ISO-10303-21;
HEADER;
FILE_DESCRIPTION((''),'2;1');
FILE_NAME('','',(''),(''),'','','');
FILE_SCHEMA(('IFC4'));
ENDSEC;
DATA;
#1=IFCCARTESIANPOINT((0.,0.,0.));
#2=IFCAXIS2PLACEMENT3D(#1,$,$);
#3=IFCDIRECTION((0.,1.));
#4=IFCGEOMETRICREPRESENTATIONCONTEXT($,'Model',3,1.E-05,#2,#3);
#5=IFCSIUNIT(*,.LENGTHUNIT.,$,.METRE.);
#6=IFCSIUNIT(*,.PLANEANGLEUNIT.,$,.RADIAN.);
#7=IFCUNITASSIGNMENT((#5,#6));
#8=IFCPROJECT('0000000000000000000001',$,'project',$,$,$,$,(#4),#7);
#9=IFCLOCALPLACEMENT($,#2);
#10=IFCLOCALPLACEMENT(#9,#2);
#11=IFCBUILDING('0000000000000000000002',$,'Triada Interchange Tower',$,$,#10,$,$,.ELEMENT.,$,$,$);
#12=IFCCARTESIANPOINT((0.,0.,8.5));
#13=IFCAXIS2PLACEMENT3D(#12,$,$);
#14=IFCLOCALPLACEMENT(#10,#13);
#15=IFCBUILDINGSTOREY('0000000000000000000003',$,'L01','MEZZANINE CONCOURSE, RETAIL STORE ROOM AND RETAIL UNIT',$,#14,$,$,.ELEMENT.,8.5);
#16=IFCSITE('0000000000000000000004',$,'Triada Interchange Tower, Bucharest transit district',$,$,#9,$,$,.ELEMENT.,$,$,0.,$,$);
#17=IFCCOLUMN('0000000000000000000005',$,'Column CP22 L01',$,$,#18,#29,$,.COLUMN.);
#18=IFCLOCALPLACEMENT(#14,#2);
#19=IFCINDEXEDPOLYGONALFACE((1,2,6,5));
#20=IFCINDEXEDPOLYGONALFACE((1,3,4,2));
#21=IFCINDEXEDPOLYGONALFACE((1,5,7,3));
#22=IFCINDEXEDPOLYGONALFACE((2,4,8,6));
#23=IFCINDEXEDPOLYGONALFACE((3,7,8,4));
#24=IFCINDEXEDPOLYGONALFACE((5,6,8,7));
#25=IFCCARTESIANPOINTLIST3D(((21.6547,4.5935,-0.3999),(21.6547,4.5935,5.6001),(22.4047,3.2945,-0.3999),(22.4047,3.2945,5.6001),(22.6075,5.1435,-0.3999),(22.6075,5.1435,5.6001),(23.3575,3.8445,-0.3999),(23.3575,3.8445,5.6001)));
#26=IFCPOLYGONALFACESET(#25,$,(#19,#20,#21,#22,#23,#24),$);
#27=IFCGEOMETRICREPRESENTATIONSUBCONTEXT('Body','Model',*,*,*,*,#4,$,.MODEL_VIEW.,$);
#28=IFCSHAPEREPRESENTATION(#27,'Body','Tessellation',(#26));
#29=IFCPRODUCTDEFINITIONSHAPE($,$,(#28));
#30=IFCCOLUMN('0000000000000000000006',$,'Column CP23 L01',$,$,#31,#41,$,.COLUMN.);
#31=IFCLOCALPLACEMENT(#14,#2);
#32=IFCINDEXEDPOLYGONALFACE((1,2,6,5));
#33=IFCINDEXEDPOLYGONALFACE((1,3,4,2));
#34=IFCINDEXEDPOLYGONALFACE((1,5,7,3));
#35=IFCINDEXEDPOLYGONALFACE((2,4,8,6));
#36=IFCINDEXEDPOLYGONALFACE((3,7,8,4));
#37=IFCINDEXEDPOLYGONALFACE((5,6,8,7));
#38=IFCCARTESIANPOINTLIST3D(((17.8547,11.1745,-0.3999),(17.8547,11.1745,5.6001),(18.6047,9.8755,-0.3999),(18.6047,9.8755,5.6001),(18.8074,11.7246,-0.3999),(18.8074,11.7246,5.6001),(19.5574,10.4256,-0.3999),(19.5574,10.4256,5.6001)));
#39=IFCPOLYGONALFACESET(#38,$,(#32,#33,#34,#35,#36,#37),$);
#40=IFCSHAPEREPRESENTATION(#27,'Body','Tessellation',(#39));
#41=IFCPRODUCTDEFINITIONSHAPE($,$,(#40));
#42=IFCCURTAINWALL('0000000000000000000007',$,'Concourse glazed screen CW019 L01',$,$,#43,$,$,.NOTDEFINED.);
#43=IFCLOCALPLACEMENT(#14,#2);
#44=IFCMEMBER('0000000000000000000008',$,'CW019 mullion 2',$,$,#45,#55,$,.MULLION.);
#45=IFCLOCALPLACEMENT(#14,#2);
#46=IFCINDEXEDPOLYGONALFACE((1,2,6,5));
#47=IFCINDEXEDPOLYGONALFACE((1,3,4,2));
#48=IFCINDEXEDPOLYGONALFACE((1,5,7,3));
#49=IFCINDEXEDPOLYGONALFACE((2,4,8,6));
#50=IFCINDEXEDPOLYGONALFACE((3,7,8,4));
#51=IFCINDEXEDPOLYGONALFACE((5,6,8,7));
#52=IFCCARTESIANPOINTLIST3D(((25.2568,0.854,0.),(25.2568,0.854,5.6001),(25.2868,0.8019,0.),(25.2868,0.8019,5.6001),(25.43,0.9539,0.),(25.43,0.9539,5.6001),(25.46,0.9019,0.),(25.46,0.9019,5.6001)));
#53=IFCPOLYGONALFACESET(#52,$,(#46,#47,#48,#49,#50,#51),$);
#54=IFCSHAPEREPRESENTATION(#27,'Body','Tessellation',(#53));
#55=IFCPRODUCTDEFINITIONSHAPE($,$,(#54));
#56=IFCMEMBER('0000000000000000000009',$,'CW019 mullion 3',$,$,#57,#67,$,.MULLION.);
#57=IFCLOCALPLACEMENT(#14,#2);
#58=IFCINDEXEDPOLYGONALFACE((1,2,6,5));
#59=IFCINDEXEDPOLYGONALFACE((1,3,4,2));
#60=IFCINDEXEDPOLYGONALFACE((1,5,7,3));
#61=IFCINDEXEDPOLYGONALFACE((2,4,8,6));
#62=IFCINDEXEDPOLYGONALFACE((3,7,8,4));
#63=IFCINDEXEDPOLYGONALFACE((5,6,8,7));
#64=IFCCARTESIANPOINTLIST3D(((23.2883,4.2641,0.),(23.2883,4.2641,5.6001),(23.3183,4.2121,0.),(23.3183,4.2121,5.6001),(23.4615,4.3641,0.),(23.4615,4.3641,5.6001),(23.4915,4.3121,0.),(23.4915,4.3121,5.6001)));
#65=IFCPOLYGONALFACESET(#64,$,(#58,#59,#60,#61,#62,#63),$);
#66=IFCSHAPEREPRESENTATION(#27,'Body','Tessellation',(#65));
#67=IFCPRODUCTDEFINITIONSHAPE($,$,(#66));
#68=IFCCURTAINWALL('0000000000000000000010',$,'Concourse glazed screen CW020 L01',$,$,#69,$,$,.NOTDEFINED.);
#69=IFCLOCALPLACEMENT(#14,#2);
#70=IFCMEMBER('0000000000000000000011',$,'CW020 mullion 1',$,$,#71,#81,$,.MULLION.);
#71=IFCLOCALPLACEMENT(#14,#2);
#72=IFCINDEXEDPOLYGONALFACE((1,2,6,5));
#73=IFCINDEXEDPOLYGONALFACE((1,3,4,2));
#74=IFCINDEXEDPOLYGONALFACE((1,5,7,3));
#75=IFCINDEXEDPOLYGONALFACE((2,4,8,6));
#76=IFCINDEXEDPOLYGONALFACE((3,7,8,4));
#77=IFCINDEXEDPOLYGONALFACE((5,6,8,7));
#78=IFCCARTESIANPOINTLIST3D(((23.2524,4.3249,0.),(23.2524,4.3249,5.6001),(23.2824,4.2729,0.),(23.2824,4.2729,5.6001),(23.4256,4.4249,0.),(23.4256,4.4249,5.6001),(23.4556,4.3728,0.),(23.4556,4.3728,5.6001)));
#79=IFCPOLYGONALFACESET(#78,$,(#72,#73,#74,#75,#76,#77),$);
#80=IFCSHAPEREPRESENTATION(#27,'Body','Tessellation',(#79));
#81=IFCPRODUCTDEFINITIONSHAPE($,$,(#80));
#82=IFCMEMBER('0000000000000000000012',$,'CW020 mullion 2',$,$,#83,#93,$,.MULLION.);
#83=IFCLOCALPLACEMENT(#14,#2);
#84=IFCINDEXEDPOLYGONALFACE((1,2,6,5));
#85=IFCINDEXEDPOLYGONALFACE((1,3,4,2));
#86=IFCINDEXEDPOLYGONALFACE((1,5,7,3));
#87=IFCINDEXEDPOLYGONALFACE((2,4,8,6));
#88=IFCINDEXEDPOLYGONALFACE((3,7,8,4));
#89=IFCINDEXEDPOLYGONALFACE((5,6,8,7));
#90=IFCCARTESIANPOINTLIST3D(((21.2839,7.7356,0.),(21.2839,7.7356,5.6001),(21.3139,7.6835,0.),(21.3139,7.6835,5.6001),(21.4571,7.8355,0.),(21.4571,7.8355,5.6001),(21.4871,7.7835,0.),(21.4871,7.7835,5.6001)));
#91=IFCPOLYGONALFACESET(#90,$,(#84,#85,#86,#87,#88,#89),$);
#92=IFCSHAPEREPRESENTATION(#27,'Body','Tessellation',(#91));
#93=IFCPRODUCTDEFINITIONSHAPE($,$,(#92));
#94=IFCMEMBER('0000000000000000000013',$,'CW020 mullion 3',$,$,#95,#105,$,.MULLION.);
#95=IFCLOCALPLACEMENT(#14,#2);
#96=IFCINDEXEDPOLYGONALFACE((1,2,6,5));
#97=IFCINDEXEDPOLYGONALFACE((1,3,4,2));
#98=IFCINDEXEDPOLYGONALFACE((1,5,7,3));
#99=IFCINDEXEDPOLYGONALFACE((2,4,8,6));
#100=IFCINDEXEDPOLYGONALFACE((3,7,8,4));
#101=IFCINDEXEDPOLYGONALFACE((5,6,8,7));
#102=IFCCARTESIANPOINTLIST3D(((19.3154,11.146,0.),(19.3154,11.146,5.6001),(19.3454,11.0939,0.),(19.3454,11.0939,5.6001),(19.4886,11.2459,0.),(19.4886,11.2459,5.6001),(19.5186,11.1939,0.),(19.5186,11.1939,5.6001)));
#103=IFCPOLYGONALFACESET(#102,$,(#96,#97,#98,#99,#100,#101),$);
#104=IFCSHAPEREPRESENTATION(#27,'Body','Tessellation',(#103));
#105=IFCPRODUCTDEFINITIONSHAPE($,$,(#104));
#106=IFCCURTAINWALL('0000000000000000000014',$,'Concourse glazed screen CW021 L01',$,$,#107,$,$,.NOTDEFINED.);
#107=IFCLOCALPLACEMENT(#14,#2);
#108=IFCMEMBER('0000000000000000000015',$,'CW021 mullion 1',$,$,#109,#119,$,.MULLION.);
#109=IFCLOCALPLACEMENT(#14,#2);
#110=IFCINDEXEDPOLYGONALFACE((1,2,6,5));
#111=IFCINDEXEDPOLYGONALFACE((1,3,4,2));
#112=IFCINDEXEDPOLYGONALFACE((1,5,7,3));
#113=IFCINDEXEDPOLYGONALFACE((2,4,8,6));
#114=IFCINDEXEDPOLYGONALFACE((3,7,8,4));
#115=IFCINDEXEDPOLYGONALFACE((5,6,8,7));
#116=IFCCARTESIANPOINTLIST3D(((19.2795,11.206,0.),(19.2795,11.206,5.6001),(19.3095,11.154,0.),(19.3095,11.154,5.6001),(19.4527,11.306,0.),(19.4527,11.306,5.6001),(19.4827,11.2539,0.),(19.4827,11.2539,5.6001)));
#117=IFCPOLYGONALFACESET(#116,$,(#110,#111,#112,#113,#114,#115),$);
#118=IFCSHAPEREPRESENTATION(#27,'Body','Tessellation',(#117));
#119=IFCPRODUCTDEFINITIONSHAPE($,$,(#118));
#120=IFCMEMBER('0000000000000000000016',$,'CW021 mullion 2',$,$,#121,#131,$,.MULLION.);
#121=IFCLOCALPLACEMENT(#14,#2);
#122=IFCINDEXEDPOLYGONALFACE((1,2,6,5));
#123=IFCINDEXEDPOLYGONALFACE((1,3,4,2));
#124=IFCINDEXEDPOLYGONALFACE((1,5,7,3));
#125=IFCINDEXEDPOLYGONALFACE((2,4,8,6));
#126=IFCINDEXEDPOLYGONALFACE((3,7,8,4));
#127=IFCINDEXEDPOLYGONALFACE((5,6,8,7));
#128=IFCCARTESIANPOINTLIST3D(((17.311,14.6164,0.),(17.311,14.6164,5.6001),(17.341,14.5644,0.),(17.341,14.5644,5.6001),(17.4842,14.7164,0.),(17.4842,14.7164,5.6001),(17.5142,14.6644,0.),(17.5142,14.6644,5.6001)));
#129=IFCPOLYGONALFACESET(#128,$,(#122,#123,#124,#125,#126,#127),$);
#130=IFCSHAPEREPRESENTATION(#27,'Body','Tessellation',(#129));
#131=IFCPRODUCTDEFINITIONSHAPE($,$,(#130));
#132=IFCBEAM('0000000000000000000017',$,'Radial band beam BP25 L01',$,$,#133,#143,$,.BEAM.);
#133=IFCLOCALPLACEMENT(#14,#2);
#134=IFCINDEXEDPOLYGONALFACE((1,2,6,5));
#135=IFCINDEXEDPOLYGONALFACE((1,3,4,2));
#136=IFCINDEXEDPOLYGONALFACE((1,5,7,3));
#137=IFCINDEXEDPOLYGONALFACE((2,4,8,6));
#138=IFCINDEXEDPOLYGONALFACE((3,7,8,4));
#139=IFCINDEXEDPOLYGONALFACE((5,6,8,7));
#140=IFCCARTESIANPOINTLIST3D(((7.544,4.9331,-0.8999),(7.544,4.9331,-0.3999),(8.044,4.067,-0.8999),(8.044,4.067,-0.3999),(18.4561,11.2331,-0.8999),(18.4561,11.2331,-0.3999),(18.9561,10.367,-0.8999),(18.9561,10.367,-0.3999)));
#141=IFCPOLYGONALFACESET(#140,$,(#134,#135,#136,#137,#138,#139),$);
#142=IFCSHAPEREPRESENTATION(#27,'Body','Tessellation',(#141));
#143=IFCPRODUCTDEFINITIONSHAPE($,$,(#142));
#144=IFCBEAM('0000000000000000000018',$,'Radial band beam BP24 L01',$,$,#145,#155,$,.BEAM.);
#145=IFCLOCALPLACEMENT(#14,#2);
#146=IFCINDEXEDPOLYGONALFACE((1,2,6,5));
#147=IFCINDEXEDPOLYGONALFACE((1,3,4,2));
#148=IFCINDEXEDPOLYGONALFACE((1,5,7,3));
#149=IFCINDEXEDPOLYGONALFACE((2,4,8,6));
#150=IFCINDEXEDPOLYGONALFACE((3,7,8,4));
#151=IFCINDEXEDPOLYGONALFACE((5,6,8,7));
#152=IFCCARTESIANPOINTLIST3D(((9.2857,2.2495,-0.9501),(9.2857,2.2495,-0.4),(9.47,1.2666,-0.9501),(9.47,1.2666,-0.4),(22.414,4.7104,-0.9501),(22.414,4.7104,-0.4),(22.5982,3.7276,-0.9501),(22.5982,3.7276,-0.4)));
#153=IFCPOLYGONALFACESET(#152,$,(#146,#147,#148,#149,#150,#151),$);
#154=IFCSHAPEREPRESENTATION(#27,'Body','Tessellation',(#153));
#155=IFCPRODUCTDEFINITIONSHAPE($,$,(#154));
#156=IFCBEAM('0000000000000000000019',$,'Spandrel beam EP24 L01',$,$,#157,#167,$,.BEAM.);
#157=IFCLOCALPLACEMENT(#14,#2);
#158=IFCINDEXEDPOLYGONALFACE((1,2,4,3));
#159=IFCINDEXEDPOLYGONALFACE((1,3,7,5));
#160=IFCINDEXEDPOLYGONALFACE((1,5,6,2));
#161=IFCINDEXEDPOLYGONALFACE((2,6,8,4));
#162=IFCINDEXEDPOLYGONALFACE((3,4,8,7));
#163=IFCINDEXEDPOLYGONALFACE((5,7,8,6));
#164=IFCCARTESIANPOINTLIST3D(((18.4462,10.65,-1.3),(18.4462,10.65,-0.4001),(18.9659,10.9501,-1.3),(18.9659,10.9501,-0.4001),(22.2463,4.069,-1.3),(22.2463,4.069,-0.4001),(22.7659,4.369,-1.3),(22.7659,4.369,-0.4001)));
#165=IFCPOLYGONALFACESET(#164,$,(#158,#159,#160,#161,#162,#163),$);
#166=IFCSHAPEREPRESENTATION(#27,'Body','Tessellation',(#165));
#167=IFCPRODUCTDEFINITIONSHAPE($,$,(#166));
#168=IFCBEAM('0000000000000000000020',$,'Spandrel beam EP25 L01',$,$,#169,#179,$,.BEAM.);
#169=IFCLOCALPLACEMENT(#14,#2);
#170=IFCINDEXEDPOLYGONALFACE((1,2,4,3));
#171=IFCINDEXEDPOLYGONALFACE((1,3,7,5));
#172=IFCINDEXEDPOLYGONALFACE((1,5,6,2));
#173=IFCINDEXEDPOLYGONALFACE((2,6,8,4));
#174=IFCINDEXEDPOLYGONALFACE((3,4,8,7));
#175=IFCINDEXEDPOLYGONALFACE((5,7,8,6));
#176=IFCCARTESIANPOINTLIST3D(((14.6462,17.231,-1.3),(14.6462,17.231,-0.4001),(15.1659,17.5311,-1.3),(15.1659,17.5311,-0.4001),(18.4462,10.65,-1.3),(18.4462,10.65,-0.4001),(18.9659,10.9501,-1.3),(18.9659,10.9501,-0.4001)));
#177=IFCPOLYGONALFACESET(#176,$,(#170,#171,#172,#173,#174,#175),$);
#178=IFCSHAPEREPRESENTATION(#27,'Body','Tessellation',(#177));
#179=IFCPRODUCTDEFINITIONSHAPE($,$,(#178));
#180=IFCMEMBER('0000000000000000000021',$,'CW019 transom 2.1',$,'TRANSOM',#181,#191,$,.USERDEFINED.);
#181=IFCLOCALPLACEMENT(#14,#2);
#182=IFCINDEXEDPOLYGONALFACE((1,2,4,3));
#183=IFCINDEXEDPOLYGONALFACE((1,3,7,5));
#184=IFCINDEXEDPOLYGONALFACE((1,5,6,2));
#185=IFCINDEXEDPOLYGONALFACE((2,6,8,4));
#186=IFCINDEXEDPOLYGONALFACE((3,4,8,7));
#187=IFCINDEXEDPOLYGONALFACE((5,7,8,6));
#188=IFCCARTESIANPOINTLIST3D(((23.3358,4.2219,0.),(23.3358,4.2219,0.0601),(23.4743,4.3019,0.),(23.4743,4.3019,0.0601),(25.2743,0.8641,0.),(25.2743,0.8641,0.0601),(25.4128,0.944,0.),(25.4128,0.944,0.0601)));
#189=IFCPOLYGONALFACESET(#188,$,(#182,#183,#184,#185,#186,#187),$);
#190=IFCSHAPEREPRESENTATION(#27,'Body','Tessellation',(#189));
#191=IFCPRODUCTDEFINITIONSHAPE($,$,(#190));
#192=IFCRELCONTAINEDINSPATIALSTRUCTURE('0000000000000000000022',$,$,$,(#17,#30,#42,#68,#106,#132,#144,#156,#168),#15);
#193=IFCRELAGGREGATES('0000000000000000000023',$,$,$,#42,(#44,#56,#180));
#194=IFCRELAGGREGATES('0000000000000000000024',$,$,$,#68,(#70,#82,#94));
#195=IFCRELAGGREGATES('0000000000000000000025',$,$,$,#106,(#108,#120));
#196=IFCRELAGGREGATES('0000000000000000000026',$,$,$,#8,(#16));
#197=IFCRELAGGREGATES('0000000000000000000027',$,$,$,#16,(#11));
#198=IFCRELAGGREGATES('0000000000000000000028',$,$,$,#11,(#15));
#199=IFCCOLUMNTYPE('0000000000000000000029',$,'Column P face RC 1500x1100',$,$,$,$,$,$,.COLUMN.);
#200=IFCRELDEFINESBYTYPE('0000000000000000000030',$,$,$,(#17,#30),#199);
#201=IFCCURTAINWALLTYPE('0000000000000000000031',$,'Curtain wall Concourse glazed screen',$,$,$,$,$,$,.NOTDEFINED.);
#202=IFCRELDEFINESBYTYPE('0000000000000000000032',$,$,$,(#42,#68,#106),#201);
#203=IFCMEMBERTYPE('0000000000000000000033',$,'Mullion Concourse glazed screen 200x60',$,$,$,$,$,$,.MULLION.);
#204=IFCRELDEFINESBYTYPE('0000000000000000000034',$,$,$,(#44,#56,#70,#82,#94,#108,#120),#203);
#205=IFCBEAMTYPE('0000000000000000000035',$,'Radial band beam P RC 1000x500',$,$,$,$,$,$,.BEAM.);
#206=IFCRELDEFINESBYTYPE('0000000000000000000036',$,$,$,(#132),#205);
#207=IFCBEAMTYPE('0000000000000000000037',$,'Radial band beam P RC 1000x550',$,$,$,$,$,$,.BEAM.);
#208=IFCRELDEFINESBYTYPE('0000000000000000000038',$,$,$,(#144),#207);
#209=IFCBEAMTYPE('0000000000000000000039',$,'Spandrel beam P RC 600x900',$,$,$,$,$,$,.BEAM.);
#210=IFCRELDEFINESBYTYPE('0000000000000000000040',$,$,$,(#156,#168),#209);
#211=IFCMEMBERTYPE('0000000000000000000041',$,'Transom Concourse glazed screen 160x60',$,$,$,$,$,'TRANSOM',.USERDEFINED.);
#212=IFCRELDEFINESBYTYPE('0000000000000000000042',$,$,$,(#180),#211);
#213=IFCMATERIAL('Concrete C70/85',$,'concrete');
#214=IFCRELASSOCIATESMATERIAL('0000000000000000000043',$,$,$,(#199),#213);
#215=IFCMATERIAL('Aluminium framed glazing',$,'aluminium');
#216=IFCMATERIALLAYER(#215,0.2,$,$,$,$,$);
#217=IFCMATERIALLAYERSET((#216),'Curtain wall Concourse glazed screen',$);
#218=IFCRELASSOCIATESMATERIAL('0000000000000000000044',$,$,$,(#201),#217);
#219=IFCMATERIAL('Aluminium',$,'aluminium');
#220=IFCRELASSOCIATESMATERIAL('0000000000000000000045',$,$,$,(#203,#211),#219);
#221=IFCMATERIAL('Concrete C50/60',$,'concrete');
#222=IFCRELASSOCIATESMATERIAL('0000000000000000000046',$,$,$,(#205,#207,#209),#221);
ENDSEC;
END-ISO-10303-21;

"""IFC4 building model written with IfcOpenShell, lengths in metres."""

from ifc_helpers import new_model, si_unit, direction, frame, origin, origin_2d, place, context, subcontext, project, spatial, rectangle, extrude, material, layer, layer_set, material_profile, profile_set, type_object, element, aggregate, save


model = new_model("IFC4")

# Units and contexts
model_context = context("Model", 3, precision=1e-05, world=origin(), true_north=direction((0.0, 1.0)))
body_context = subcontext(model_context, "Body", "Model", "MODEL_VIEW")
ifc_project = project(units=[si_unit("LENGTHUNIT", "METRE"), si_unit("PLANEANGLEUNIT", "RADIAN")], contexts=[model_context])

# Site, building, storey
site_placement = place(None, origin())
site = spatial("IfcSite", under=ifc_project, at=site_placement, Name="Triada Interchange Tower, Bucharest transit district", CompositionType="ELEMENT", RefElevation=0.0)
building_placement = place(site_placement, origin())
building = spatial("IfcBuilding", under=site, at=building_placement, Name="Triada Interchange Tower", CompositionType="ELEMENT")
storey_placement = place(building_placement, frame((0.0, 0.0, 8.5)))
storey = spatial("IfcBuildingStorey", under=building, at=storey_placement, Name="L01", Description="MEZZANINE CONCOURSE, RETAIL STORE ROOM AND RETAIL UNIT", CompositionType="ELEMENT", Elevation=8.5)

# Columns
ifc_material_1 = material(Name="Concrete C70/85", Category="concrete")
ifc_material_profile_1 = material_profile(ifc_material_1, rectangle(XDim=1.5, YDim=1.1001, at=origin_2d()), Name="RC 1500x1100")
ifc_profile_set_1 = profile_set([ifc_material_profile_1], Name="Concrete C70/85")
column_type = type_object("IfcColumnType", Name="Column P face RC 1500x1100", PredefinedType="COLUMN", material=ifc_profile_set_1)
for number, where, z_axis, x_axis, name in (
    (1, (22.5061, 4.219, -0.3999), (0.0, 0.0, 1.0), (-0.5, 0.866025, 0.0), "Column CP22 L01"),
    (2, (18.7061, 10.8, -0.3999), (0.0, 0.0, 1.0), (-0.5, 0.866025, 0.0), "Column CP23 L01"),
):
    element("IfcColumn", number, at=place(storey_placement, frame(where, z_axis=z_axis, x_axis=x_axis)), inside=storey, type_object=column_type, Name=name, PredefinedType="COLUMN", context=body_context, shape_type="SweptSolid", body=[
        extrude(rectangle(XDim=1.5, YDim=1.1001, at=origin_2d()), origin(), (0.0, 0.0, 1.0), 6.0),
    ])

# Curtain walls, members
ifc_material_2 = material(Name="Aluminium framed glazing", Category="aluminium")
ifc_layer_1 = layer(ifc_material_2, 0.2)
ifc_layer_set_1 = layer_set([ifc_layer_1], Name="Curtain wall Concourse glazed screen")
curtain_wall_type = type_object("IfcCurtainWallType", Name="Curtain wall Concourse glazed screen", PredefinedType="NOTDEFINED", material=ifc_layer_set_1)
curtain_wall_1_placement = place(storey_placement, origin())
curtain_wall_1 = element("IfcCurtainWall", 3, at=curtain_wall_1_placement, inside=storey, type_object=curtain_wall_type, Name="Concourse glazed screen CW019 L01", PredefinedType="NOTDEFINED")
ifc_material_3 = material(Name="Aluminium", Category="aluminium")
ifc_material_profile_2 = material_profile(ifc_material_3, rectangle(XDim=0.2, YDim=0.0601, at=origin_2d()), Name="Aluminium mullion")
ifc_profile_set_2 = profile_set([ifc_material_profile_2], Name="Aluminium")
member_type_1 = type_object("IfcMemberType", Name="Mullion Concourse glazed screen 200x60", PredefinedType="MULLION", material=ifc_profile_set_2)
member_1_placement = place(storey_placement, frame((25.3584, 0.8779, 0.0), z_axis=(0.0, 0.0, 1.0), x_axis=(-0.866055, -0.499948, 0.0)))
member_1 = element("IfcMember", 4, at=member_1_placement, type_object=member_type_1, Name="CW019 mullion 2", PredefinedType="MULLION", context=body_context, shape_type="SweptSolid", body=[
    extrude(rectangle(XDim=0.2, YDim=0.0601, at=origin_2d()), origin(), (0.0, 0.0, 1.0), 5.6001),
])
member_2_placement = place(storey_placement, frame((23.3899, 4.2881, 0.0), z_axis=(0.0, 0.0, 1.0), x_axis=(-0.866055, -0.499948, 0.0)))
member_2 = element("IfcMember", 5, at=member_2_placement, type_object=member_type_1, Name="CW019 mullion 3", PredefinedType="MULLION", context=body_context, shape_type="SweptSolid", body=[
    extrude(rectangle(XDim=0.2, YDim=0.0601, at=origin_2d()), origin(), (0.0, 0.0, 1.0), 5.6001),
])
curtain_wall_2_placement = place(storey_placement, origin())
curtain_wall_2 = element("IfcCurtainWall", 6, at=curtain_wall_2_placement, inside=storey, type_object=curtain_wall_type, Name="Concourse glazed screen CW020 L01", PredefinedType="NOTDEFINED")
member_3_placement = place(storey_placement, frame((23.354, 4.3489, 0.0), z_axis=(0.0, 0.0, 1.0), x_axis=(-0.866087, -0.499893, 0.0)))
member_3 = element("IfcMember", 7, at=member_3_placement, type_object=member_type_1, Name="CW020 mullion 1", PredefinedType="MULLION", context=body_context, shape_type="SweptSolid", body=[
    extrude(rectangle(XDim=0.2, YDim=0.0601, at=origin_2d()), origin(), (0.0, 0.0, 1.0), 5.6001),
])
member_4_placement = place(storey_placement, frame((21.3855, 7.7595, 0.0), z_axis=(0.0, 0.0, 1.0), x_axis=(-0.866087, -0.499893, 0.0)))
member_4 = element("IfcMember", 8, at=member_4_placement, type_object=member_type_1, Name="CW020 mullion 2", PredefinedType="MULLION", context=body_context, shape_type="SweptSolid", body=[
    extrude(rectangle(XDim=0.2, YDim=0.0601, at=origin_2d()), origin(), (0.0, 0.0, 1.0), 5.6001),
])
member_5_placement = place(storey_placement, frame((19.417, 11.1699, 0.0), z_axis=(0.0, 0.0, 1.0), x_axis=(-0.866087, -0.499893, 0.0)))
member_5 = element("IfcMember", 9, at=member_5_placement, type_object=member_type_1, Name="CW020 mullion 3", PredefinedType="MULLION", context=body_context, shape_type="SweptSolid", body=[
    extrude(rectangle(XDim=0.2, YDim=0.0601, at=origin_2d()), origin(), (0.0, 0.0, 1.0), 5.6001),
])
curtain_wall_3_placement = place(storey_placement, origin())
curtain_wall_3 = element("IfcCurtainWall", 10, at=curtain_wall_3_placement, inside=storey, type_object=curtain_wall_type, Name="Concourse glazed screen CW021 L01", PredefinedType="NOTDEFINED")
member_6_placement = place(storey_placement, frame((19.3811, 11.23, 0.0), z_axis=(0.0, 0.0, 1.0), x_axis=(-0.866087, -0.499893, 0.0)))
member_6 = element("IfcMember", 11, at=member_6_placement, type_object=member_type_1, Name="CW021 mullion 1", PredefinedType="MULLION", context=body_context, shape_type="SweptSolid", body=[
    extrude(rectangle(XDim=0.2, YDim=0.0601, at=origin_2d()), origin(), (0.0, 0.0, 1.0), 5.6001),
])
member_7_placement = place(storey_placement, frame((17.4126, 14.6404, 0.0), z_axis=(0.0, 0.0, 1.0), x_axis=(-0.866087, -0.499893, 0.0)))
member_7 = element("IfcMember", 12, at=member_7_placement, type_object=member_type_1, Name="CW021 mullion 2", PredefinedType="MULLION", context=body_context, shape_type="SweptSolid", body=[
    extrude(rectangle(XDim=0.2, YDim=0.0601, at=origin_2d()), origin(), (0.0, 0.0, 1.0), 5.6001),
])

# Beams
ifc_material_4 = material(Name="Concrete C50/60", Category="concrete")
ifc_material_profile_3 = material_profile(ifc_material_4, rectangle(XDim=1.0, YDim=0.5, at=origin_2d()), Name="RC 1000x500")
ifc_profile_set_3 = profile_set([ifc_material_profile_3], Name="Concrete C50/60")
beam_type_1 = type_object("IfcBeamType", Name="Radial band beam P RC 1000x500", PredefinedType="BEAM", material=ifc_profile_set_3)
beam_1_placement = place(storey_placement, frame((18.7061, 10.8, -0.6499), z_axis=(-0.866027, -0.499996, 0.0), x_axis=(0.499996, -0.866027, 0.0)))
element("IfcBeam", 13, at=beam_1_placement, inside=storey, type_object=beam_type_1, Name="Radial band beam BP25 L01", PredefinedType="BEAM", context=body_context, shape_type="SweptSolid", body=[
    extrude(rectangle(XDim=1.0, YDim=0.5, at=origin_2d()), origin(), (0.0, 0.0, 1.0), 12.6001),
])
ifc_material_profile_4 = material_profile(ifc_material_4, rectangle(XDim=1.0, YDim=0.55, at=origin_2d()), Name="RC 1000x550")
ifc_profile_set_4 = profile_set([ifc_material_profile_4], Name="Concrete C50/60")
beam_type_2 = type_object("IfcBeamType", Name="Radial band beam P RC 1000x550", PredefinedType="BEAM", material=ifc_profile_set_4)
beam_2_placement = place(storey_placement, frame((22.5061, 4.219, -0.675), z_axis=(-0.98288, -0.184245, 0.0), x_axis=(0.184245, -0.98288, 0.0)))
element("IfcBeam", 14, at=beam_2_placement, inside=storey, type_object=beam_type_2, Name="Radial band beam BP24 L01", PredefinedType="BEAM", context=body_context, shape_type="SweptSolid", body=[
    extrude(rectangle(XDim=1.0, YDim=0.55, at=origin_2d()), origin(), (0.0, 0.0, 1.0), 13.3569),
])
ifc_material_profile_5 = material_profile(ifc_material_4, rectangle(XDim=0.6001, YDim=0.8999, at=origin_2d()), Name="RC 600x900")
ifc_profile_set_5 = profile_set([ifc_material_profile_5], Name="Concrete C50/60")
beam_type_3 = type_object("IfcBeamType", Name="Spandrel beam P RC 600x900", PredefinedType="BEAM", material=ifc_profile_set_5)
for number, where, z_axis, x_axis, name in (
    (15, (22.5061, 4.219, -0.8501), (-0.500047, 0.865998, 0.0), (-0.865998, -0.500047, 0.0), "Spandrel beam EP24 L01"),
    (16, (18.7061, 10.8, -0.8501), (-0.500047, 0.865998, 0.0), (-0.865998, -0.500047, 0.0), "Spandrel beam EP25 L01"),
):
    element("IfcBeam", number, at=place(storey_placement, frame(where, z_axis=z_axis, x_axis=x_axis)), inside=storey, type_object=beam_type_3, Name=name, PredefinedType="BEAM", context=body_context, shape_type="SweptSolid", body=[
        extrude(rectangle(XDim=0.6001, YDim=0.8999, at=origin_2d()), origin(), (0.0, 0.0, 1.0), 7.5994),
    ])

# Member
ifc_material_profile_6 = material_profile(ifc_material_3, rectangle(XDim=0.1599, YDim=0.0601, at=origin_2d()), Name="Aluminium transom")
ifc_profile_set_6 = profile_set([ifc_material_profile_6], Name="Aluminium")
member_type_2 = type_object("IfcMemberType", Name="Transom Concourse glazed screen 160x60", ElementType="TRANSOM", PredefinedType="USERDEFINED", material=ifc_profile_set_6)
member_8_placement = place(storey_placement, frame((25.3435, 0.9041, 0.03), z_axis=(-0.499959, 0.866049, 0.0), x_axis=(-0.866049, -0.499959, 0.0)))
member_8 = element("IfcMember", 17, at=member_8_placement, type_object=member_type_2, Name="CW019 transom 2.1", ObjectType="TRANSOM", PredefinedType="USERDEFINED", context=body_context, shape_type="SweptSolid", body=[
    extrude(rectangle(XDim=0.1599, YDim=0.0601, at=origin_2d()), origin(), (0.0, 0.0, 1.0), 3.8772),
])

aggregate(curtain_wall_1, [member_1, member_2, member_8])
aggregate(curtain_wall_2, [member_3, member_4, member_5])
aggregate(curtain_wall_3, [member_6, member_7])

save(model, "model.ifc")
